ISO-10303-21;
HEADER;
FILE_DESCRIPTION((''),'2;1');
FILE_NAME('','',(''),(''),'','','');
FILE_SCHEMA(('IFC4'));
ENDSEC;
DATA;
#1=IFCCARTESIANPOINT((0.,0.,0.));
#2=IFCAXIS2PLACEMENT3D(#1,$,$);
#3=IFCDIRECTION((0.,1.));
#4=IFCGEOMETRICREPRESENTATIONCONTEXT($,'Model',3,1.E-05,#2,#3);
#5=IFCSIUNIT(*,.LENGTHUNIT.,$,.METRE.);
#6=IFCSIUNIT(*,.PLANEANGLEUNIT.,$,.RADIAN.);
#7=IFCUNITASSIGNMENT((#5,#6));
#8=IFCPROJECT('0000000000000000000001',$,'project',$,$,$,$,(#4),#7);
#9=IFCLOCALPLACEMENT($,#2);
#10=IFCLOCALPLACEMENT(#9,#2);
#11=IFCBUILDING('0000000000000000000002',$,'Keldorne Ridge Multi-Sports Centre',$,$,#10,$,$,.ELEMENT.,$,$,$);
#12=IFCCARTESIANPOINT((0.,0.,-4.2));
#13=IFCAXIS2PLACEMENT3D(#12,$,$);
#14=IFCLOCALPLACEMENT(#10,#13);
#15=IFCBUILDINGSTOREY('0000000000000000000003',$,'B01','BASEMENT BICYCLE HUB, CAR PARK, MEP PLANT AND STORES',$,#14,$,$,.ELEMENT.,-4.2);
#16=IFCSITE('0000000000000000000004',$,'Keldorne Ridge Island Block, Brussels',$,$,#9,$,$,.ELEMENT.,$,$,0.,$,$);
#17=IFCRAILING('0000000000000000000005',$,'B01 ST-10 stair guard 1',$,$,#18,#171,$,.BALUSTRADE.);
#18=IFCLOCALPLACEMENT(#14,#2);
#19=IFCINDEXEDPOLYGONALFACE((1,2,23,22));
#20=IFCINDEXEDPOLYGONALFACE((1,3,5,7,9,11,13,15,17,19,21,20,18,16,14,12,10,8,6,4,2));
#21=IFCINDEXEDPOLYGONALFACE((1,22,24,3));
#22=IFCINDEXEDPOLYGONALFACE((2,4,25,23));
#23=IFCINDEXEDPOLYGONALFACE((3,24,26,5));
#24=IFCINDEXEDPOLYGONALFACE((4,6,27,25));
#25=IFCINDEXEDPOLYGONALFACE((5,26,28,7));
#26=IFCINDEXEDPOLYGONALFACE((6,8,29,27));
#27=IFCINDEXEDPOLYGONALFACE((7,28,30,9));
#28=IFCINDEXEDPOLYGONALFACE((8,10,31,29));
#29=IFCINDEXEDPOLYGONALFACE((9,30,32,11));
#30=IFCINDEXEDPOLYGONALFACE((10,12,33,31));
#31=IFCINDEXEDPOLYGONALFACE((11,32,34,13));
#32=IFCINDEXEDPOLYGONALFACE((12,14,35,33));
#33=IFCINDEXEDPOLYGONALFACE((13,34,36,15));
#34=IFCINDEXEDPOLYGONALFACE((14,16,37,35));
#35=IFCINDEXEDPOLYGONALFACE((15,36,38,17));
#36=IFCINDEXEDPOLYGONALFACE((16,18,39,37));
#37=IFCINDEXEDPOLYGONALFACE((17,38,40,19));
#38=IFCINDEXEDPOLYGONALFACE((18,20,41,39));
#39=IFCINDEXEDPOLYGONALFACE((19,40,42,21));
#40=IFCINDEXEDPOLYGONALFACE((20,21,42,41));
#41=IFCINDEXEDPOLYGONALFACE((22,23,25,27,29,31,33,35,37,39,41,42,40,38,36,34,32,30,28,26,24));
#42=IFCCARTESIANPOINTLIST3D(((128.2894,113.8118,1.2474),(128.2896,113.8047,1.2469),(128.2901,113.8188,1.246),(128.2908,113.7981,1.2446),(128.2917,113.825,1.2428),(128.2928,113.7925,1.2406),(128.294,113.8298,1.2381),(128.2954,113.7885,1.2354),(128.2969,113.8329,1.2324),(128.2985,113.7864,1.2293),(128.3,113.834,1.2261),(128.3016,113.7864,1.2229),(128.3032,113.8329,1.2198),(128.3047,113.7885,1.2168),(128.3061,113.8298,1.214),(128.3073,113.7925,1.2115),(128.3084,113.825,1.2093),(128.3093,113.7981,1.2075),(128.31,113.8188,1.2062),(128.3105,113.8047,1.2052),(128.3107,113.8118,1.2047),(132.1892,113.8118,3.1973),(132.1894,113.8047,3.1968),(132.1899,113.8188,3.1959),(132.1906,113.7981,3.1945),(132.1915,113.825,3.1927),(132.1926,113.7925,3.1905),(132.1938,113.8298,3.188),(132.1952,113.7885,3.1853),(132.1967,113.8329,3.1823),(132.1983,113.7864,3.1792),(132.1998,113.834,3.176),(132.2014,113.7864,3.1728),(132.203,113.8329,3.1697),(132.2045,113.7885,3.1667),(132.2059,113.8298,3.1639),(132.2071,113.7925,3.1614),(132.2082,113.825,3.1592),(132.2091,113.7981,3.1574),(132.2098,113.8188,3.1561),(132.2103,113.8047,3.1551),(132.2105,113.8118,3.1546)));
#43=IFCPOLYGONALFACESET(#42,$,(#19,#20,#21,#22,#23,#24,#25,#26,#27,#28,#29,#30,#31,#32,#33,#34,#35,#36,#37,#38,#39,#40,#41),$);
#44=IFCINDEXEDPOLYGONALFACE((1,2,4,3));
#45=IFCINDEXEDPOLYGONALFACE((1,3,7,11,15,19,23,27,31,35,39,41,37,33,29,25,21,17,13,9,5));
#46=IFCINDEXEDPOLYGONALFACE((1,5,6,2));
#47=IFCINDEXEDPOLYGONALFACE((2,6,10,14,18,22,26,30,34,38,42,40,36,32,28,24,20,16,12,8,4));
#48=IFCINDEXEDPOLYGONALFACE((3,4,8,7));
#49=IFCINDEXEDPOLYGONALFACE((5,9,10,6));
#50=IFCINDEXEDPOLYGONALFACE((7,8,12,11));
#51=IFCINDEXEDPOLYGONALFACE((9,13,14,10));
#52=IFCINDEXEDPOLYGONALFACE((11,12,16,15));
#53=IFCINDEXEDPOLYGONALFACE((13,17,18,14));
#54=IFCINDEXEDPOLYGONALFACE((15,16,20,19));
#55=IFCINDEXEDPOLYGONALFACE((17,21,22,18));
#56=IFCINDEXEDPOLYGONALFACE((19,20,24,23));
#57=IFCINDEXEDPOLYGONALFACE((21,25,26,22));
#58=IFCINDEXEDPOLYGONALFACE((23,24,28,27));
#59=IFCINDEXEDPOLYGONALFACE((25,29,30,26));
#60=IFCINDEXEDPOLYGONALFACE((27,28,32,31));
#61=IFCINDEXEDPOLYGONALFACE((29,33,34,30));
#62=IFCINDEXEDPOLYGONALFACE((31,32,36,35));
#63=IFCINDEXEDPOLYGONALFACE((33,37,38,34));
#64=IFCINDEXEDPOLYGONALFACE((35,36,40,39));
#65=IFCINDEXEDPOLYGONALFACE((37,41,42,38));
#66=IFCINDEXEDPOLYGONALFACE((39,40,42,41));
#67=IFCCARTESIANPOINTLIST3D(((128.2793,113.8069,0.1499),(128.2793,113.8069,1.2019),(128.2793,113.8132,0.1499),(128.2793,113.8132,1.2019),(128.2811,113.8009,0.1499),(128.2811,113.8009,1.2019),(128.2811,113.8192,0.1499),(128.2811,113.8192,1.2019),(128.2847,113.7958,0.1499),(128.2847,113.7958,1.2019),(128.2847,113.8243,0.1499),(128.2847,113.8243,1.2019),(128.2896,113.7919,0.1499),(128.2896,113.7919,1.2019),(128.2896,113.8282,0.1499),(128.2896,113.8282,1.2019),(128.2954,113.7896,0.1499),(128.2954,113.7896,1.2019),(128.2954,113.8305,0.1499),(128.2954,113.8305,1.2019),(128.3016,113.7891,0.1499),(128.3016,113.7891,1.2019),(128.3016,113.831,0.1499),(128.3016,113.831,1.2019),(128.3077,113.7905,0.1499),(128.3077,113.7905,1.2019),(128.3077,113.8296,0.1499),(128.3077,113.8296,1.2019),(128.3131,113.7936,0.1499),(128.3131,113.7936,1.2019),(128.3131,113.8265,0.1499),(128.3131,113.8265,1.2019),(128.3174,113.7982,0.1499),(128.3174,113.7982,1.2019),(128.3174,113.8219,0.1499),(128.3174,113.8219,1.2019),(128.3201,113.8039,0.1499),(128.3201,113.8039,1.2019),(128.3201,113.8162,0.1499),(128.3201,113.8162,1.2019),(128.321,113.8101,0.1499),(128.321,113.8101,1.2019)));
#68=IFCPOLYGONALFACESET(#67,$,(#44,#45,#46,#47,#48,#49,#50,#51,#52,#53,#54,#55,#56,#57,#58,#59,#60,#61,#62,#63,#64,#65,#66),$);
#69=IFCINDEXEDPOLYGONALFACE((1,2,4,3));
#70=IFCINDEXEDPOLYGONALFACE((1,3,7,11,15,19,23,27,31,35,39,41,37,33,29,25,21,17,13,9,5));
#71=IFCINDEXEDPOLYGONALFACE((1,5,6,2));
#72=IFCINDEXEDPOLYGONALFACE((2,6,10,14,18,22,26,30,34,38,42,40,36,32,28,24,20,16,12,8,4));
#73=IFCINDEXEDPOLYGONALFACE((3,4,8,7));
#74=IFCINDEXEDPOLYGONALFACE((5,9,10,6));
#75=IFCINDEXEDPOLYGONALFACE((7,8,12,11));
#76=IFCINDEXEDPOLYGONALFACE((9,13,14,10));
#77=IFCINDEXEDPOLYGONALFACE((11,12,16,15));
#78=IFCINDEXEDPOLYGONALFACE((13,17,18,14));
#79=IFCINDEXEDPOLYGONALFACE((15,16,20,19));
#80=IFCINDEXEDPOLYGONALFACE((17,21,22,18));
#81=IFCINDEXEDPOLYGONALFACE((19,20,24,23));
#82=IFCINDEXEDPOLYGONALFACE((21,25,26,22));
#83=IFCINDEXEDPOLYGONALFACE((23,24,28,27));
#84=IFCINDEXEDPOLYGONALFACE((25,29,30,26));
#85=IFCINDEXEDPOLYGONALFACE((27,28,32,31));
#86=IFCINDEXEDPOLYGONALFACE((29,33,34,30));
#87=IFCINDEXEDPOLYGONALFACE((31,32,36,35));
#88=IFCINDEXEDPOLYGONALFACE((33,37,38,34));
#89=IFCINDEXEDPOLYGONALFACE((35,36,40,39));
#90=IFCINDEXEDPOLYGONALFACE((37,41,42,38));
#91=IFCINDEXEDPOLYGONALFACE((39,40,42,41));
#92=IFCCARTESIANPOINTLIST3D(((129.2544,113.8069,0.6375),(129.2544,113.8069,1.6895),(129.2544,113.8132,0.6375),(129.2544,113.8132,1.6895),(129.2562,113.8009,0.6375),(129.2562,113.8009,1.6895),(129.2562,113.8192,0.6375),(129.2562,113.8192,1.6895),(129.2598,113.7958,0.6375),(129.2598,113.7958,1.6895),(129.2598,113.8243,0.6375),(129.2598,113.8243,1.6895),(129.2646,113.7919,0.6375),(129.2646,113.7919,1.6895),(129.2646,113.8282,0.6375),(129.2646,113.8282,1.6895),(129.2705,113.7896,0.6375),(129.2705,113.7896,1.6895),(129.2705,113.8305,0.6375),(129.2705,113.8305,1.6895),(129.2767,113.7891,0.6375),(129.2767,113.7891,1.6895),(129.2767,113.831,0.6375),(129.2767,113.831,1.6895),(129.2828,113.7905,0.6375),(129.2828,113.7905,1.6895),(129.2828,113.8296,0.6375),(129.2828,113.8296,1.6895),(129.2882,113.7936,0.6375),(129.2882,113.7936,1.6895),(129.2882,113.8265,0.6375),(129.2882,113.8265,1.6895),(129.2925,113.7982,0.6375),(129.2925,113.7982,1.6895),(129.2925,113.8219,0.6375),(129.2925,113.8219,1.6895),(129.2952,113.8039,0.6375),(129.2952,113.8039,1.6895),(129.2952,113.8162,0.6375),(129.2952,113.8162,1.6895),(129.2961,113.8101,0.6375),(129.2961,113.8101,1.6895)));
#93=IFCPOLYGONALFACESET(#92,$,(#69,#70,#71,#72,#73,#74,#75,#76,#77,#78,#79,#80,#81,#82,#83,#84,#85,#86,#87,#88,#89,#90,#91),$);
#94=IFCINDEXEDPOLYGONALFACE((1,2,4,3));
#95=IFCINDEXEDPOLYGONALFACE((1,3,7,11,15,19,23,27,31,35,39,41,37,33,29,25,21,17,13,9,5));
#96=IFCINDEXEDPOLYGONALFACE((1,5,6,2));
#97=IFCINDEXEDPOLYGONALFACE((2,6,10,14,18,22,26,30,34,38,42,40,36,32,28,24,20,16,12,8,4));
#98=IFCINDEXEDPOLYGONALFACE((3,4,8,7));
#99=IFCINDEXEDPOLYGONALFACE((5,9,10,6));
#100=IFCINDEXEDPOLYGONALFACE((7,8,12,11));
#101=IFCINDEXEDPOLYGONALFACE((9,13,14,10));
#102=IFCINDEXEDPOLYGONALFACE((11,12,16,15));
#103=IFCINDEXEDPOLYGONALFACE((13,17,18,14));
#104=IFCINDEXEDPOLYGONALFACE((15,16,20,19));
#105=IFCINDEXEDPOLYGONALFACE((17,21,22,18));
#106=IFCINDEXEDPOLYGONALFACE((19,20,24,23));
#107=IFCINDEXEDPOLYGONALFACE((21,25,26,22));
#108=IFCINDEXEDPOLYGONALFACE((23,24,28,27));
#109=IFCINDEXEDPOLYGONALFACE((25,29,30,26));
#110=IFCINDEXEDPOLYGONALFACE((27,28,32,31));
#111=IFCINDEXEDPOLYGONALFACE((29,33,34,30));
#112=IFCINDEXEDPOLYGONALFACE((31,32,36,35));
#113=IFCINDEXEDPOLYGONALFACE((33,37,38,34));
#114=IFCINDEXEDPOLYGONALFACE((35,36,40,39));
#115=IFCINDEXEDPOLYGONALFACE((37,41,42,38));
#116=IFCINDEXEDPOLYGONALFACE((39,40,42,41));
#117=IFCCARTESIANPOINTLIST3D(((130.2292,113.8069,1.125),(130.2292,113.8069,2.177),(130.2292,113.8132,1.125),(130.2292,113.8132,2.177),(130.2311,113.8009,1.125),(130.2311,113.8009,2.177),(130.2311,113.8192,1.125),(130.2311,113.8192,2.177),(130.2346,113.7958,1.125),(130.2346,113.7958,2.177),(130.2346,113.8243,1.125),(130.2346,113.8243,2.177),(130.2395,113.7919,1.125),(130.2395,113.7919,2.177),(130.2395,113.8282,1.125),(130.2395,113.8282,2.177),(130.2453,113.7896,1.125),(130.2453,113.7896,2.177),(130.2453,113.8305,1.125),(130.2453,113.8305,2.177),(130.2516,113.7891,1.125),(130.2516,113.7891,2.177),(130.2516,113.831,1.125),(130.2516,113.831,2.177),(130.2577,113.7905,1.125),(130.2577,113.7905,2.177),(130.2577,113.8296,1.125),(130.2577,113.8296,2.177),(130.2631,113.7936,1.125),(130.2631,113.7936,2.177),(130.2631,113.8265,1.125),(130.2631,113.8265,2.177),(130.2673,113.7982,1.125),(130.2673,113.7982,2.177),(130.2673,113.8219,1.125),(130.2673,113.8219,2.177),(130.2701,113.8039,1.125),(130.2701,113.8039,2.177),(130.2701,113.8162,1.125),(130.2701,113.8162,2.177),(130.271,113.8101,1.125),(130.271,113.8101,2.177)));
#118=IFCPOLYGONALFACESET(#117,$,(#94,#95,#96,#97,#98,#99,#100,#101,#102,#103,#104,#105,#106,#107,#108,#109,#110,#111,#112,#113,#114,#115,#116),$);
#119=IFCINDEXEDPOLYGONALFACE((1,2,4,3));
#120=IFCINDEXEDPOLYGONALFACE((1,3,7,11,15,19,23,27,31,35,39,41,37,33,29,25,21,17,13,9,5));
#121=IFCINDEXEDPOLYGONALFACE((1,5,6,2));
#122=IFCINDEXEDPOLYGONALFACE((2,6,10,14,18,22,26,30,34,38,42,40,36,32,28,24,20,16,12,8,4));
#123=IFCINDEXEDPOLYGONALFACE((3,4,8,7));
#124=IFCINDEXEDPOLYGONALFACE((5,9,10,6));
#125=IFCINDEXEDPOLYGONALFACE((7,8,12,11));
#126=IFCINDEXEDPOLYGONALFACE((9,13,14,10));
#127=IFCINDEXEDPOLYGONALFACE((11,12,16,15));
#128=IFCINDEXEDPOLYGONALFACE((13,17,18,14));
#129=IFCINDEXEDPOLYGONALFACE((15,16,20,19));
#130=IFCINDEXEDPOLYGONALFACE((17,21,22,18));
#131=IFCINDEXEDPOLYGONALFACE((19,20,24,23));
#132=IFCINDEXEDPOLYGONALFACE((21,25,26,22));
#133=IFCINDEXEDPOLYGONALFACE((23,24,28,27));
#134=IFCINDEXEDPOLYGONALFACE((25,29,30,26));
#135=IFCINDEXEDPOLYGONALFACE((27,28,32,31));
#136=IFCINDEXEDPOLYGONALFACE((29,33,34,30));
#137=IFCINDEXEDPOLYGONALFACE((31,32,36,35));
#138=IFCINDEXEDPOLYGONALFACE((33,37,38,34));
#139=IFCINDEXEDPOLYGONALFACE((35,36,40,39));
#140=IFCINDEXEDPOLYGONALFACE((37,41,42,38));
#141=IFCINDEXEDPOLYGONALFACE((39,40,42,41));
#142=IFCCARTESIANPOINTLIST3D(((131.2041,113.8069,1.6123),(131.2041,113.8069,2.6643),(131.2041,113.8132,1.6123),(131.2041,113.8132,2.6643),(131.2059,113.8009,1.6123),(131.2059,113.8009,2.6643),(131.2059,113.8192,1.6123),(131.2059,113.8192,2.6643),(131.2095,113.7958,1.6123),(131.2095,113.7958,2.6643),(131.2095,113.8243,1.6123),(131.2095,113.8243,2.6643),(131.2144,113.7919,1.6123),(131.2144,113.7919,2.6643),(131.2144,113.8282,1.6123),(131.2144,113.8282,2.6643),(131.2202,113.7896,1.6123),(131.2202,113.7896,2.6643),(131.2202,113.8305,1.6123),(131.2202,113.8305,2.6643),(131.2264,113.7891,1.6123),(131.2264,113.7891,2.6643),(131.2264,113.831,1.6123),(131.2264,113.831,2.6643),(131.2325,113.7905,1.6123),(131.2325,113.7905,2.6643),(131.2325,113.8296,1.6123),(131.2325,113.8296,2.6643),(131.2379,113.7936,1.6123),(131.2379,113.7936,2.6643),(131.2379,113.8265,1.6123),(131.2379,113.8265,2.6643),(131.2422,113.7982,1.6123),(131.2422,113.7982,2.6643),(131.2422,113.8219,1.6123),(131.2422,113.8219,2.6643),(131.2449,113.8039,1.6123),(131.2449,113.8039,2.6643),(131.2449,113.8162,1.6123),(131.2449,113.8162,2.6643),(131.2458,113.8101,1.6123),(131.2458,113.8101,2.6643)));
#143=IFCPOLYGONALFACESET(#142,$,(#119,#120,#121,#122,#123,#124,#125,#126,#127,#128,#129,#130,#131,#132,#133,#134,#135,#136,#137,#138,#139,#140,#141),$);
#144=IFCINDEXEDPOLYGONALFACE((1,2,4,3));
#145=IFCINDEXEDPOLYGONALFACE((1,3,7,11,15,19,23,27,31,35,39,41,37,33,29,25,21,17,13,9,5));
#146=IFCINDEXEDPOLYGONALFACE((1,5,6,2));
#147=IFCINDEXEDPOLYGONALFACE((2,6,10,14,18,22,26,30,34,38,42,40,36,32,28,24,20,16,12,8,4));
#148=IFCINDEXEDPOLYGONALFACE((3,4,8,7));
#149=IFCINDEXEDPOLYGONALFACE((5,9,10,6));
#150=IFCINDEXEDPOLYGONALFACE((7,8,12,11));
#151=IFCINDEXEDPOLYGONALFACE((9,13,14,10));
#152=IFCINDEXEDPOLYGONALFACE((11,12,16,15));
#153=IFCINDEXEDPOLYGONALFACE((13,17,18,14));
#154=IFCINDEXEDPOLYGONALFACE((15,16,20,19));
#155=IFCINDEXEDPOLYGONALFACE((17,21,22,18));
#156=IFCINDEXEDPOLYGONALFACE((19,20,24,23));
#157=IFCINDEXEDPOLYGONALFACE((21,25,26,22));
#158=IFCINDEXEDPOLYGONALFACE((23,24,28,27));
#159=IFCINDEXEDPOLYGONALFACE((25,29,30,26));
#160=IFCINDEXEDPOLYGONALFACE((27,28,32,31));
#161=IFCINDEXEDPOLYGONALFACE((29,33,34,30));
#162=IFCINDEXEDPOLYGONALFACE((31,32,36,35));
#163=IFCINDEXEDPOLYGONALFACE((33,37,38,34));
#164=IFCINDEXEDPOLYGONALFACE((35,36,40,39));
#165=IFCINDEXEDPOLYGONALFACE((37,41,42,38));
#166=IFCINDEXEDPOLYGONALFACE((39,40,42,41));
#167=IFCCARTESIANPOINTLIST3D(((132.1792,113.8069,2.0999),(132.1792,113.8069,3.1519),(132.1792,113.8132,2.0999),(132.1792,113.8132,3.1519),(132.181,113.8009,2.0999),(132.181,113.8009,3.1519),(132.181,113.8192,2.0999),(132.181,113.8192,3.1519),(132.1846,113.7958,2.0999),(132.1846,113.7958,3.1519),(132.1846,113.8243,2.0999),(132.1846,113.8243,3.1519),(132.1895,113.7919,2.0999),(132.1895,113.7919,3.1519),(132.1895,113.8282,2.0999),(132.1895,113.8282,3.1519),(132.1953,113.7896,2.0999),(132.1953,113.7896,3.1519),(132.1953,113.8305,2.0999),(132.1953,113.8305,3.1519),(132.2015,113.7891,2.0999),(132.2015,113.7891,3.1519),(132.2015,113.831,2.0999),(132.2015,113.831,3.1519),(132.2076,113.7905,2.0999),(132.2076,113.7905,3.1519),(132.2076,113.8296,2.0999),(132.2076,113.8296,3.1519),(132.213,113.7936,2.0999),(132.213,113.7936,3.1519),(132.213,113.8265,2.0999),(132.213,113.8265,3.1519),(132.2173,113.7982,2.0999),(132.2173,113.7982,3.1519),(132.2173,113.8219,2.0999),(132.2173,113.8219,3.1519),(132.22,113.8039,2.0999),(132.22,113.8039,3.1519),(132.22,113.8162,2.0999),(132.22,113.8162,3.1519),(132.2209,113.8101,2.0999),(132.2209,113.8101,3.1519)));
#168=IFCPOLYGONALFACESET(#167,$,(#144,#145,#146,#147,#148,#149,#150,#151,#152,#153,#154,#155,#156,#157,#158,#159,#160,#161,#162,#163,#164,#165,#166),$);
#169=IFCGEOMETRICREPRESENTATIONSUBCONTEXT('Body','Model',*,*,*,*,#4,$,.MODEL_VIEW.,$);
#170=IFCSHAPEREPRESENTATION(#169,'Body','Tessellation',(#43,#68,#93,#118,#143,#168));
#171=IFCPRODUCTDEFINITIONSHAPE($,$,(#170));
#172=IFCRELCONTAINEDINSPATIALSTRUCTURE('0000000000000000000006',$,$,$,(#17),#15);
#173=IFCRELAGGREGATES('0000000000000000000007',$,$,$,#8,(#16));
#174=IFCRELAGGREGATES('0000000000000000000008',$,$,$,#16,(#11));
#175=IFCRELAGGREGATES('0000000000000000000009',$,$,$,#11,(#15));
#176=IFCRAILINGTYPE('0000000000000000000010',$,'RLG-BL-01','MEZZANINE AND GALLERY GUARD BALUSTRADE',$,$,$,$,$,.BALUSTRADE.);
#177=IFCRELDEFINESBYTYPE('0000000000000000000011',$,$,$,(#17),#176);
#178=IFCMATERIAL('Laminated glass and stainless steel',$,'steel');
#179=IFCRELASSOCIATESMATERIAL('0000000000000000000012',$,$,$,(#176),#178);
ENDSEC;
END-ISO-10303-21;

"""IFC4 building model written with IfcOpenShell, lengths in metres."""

from ifc_helpers import new_model, si_unit, direction, frame, origin, origin_2d, place, context, subcontext, project, spatial, circle, extrude, material, type_object, element, save


model = new_model("IFC4")

# Units and contexts
model_context = context("Model", 3, precision=1e-05, world=origin(), true_north=direction((0.0, 1.0)))
body_context = subcontext(model_context, "Body", "Model", "MODEL_VIEW")
ifc_project = project(units=[si_unit("LENGTHUNIT", "METRE"), si_unit("PLANEANGLEUNIT", "RADIAN")], contexts=[model_context])

# Site, building, storey
site_placement = place(None, origin())
site = spatial("IfcSite", under=ifc_project, at=site_placement, Name="Keldorne Ridge Island Block, Brussels", CompositionType="ELEMENT", RefElevation=0.0)
building_placement = place(site_placement, origin())
building = spatial("IfcBuilding", under=site, at=building_placement, Name="Keldorne Ridge Multi-Sports Centre", CompositionType="ELEMENT")
storey_placement = place(building_placement, frame((0.0, 0.0, -4.2)))
storey = spatial("IfcBuildingStorey", under=building, at=storey_placement, Name="B01", Description="BASEMENT BICYCLE HUB, CAR PARK, MEP PLANT AND STORES", CompositionType="ELEMENT", Elevation=-4.2)

# Railing
ifc_material_1 = material(Name="Laminated glass and stainless steel", Category="steel")
railing_type_1 = type_object("IfcRailingType", Name="RLG-BL-01", Description="MEZZANINE AND GALLERY GUARD BALUSTRADE", PredefinedType="BALUSTRADE", material=ifc_material_1)
railing_1_placement = place(storey_placement, frame((128.3, 113.8101, 0.1499)))
element("IfcRailing", 1, at=railing_1_placement, inside=storey, type_object=railing_type_1, Name="B01 ST-10 stair guard 1", PredefinedType="BALUSTRADE", context=body_context, shape_type="SweptSolid", body=[
    extrude(circle(Radius=0.0239, at=origin_2d()), frame((0.0, 0.0, 1.0762), z_axis=(0.894427, 0.0, 0.447214), x_axis=(0.0, 1.0, 0.0)), (0.0, 0.0, 1.0), 4.3601),
    extrude(circle(Radius=0.021, at=origin_2d()), origin(), (0.0, 0.0, 1.0), 1.052),
    extrude(circle(Radius=0.021, at=origin_2d()), frame((0.9751, 0.0, 0.4875)), (0.0, 0.0, 1.0), 1.052),
    extrude(circle(Radius=0.021, at=origin_2d()), frame((1.95, 0.0, 0.9751)), (0.0, 0.0, 1.0), 1.052),
    extrude(circle(Radius=0.021, at=origin_2d()), frame((2.9248, 0.0, 1.4624)), (0.0, 0.0, 1.0), 1.052),
    extrude(circle(Radius=0.021, at=origin_2d()), frame((3.8999, 0.0, 1.95)), (0.0, 0.0, 1.0), 1.052),
])

save(model, "model.ifc")
